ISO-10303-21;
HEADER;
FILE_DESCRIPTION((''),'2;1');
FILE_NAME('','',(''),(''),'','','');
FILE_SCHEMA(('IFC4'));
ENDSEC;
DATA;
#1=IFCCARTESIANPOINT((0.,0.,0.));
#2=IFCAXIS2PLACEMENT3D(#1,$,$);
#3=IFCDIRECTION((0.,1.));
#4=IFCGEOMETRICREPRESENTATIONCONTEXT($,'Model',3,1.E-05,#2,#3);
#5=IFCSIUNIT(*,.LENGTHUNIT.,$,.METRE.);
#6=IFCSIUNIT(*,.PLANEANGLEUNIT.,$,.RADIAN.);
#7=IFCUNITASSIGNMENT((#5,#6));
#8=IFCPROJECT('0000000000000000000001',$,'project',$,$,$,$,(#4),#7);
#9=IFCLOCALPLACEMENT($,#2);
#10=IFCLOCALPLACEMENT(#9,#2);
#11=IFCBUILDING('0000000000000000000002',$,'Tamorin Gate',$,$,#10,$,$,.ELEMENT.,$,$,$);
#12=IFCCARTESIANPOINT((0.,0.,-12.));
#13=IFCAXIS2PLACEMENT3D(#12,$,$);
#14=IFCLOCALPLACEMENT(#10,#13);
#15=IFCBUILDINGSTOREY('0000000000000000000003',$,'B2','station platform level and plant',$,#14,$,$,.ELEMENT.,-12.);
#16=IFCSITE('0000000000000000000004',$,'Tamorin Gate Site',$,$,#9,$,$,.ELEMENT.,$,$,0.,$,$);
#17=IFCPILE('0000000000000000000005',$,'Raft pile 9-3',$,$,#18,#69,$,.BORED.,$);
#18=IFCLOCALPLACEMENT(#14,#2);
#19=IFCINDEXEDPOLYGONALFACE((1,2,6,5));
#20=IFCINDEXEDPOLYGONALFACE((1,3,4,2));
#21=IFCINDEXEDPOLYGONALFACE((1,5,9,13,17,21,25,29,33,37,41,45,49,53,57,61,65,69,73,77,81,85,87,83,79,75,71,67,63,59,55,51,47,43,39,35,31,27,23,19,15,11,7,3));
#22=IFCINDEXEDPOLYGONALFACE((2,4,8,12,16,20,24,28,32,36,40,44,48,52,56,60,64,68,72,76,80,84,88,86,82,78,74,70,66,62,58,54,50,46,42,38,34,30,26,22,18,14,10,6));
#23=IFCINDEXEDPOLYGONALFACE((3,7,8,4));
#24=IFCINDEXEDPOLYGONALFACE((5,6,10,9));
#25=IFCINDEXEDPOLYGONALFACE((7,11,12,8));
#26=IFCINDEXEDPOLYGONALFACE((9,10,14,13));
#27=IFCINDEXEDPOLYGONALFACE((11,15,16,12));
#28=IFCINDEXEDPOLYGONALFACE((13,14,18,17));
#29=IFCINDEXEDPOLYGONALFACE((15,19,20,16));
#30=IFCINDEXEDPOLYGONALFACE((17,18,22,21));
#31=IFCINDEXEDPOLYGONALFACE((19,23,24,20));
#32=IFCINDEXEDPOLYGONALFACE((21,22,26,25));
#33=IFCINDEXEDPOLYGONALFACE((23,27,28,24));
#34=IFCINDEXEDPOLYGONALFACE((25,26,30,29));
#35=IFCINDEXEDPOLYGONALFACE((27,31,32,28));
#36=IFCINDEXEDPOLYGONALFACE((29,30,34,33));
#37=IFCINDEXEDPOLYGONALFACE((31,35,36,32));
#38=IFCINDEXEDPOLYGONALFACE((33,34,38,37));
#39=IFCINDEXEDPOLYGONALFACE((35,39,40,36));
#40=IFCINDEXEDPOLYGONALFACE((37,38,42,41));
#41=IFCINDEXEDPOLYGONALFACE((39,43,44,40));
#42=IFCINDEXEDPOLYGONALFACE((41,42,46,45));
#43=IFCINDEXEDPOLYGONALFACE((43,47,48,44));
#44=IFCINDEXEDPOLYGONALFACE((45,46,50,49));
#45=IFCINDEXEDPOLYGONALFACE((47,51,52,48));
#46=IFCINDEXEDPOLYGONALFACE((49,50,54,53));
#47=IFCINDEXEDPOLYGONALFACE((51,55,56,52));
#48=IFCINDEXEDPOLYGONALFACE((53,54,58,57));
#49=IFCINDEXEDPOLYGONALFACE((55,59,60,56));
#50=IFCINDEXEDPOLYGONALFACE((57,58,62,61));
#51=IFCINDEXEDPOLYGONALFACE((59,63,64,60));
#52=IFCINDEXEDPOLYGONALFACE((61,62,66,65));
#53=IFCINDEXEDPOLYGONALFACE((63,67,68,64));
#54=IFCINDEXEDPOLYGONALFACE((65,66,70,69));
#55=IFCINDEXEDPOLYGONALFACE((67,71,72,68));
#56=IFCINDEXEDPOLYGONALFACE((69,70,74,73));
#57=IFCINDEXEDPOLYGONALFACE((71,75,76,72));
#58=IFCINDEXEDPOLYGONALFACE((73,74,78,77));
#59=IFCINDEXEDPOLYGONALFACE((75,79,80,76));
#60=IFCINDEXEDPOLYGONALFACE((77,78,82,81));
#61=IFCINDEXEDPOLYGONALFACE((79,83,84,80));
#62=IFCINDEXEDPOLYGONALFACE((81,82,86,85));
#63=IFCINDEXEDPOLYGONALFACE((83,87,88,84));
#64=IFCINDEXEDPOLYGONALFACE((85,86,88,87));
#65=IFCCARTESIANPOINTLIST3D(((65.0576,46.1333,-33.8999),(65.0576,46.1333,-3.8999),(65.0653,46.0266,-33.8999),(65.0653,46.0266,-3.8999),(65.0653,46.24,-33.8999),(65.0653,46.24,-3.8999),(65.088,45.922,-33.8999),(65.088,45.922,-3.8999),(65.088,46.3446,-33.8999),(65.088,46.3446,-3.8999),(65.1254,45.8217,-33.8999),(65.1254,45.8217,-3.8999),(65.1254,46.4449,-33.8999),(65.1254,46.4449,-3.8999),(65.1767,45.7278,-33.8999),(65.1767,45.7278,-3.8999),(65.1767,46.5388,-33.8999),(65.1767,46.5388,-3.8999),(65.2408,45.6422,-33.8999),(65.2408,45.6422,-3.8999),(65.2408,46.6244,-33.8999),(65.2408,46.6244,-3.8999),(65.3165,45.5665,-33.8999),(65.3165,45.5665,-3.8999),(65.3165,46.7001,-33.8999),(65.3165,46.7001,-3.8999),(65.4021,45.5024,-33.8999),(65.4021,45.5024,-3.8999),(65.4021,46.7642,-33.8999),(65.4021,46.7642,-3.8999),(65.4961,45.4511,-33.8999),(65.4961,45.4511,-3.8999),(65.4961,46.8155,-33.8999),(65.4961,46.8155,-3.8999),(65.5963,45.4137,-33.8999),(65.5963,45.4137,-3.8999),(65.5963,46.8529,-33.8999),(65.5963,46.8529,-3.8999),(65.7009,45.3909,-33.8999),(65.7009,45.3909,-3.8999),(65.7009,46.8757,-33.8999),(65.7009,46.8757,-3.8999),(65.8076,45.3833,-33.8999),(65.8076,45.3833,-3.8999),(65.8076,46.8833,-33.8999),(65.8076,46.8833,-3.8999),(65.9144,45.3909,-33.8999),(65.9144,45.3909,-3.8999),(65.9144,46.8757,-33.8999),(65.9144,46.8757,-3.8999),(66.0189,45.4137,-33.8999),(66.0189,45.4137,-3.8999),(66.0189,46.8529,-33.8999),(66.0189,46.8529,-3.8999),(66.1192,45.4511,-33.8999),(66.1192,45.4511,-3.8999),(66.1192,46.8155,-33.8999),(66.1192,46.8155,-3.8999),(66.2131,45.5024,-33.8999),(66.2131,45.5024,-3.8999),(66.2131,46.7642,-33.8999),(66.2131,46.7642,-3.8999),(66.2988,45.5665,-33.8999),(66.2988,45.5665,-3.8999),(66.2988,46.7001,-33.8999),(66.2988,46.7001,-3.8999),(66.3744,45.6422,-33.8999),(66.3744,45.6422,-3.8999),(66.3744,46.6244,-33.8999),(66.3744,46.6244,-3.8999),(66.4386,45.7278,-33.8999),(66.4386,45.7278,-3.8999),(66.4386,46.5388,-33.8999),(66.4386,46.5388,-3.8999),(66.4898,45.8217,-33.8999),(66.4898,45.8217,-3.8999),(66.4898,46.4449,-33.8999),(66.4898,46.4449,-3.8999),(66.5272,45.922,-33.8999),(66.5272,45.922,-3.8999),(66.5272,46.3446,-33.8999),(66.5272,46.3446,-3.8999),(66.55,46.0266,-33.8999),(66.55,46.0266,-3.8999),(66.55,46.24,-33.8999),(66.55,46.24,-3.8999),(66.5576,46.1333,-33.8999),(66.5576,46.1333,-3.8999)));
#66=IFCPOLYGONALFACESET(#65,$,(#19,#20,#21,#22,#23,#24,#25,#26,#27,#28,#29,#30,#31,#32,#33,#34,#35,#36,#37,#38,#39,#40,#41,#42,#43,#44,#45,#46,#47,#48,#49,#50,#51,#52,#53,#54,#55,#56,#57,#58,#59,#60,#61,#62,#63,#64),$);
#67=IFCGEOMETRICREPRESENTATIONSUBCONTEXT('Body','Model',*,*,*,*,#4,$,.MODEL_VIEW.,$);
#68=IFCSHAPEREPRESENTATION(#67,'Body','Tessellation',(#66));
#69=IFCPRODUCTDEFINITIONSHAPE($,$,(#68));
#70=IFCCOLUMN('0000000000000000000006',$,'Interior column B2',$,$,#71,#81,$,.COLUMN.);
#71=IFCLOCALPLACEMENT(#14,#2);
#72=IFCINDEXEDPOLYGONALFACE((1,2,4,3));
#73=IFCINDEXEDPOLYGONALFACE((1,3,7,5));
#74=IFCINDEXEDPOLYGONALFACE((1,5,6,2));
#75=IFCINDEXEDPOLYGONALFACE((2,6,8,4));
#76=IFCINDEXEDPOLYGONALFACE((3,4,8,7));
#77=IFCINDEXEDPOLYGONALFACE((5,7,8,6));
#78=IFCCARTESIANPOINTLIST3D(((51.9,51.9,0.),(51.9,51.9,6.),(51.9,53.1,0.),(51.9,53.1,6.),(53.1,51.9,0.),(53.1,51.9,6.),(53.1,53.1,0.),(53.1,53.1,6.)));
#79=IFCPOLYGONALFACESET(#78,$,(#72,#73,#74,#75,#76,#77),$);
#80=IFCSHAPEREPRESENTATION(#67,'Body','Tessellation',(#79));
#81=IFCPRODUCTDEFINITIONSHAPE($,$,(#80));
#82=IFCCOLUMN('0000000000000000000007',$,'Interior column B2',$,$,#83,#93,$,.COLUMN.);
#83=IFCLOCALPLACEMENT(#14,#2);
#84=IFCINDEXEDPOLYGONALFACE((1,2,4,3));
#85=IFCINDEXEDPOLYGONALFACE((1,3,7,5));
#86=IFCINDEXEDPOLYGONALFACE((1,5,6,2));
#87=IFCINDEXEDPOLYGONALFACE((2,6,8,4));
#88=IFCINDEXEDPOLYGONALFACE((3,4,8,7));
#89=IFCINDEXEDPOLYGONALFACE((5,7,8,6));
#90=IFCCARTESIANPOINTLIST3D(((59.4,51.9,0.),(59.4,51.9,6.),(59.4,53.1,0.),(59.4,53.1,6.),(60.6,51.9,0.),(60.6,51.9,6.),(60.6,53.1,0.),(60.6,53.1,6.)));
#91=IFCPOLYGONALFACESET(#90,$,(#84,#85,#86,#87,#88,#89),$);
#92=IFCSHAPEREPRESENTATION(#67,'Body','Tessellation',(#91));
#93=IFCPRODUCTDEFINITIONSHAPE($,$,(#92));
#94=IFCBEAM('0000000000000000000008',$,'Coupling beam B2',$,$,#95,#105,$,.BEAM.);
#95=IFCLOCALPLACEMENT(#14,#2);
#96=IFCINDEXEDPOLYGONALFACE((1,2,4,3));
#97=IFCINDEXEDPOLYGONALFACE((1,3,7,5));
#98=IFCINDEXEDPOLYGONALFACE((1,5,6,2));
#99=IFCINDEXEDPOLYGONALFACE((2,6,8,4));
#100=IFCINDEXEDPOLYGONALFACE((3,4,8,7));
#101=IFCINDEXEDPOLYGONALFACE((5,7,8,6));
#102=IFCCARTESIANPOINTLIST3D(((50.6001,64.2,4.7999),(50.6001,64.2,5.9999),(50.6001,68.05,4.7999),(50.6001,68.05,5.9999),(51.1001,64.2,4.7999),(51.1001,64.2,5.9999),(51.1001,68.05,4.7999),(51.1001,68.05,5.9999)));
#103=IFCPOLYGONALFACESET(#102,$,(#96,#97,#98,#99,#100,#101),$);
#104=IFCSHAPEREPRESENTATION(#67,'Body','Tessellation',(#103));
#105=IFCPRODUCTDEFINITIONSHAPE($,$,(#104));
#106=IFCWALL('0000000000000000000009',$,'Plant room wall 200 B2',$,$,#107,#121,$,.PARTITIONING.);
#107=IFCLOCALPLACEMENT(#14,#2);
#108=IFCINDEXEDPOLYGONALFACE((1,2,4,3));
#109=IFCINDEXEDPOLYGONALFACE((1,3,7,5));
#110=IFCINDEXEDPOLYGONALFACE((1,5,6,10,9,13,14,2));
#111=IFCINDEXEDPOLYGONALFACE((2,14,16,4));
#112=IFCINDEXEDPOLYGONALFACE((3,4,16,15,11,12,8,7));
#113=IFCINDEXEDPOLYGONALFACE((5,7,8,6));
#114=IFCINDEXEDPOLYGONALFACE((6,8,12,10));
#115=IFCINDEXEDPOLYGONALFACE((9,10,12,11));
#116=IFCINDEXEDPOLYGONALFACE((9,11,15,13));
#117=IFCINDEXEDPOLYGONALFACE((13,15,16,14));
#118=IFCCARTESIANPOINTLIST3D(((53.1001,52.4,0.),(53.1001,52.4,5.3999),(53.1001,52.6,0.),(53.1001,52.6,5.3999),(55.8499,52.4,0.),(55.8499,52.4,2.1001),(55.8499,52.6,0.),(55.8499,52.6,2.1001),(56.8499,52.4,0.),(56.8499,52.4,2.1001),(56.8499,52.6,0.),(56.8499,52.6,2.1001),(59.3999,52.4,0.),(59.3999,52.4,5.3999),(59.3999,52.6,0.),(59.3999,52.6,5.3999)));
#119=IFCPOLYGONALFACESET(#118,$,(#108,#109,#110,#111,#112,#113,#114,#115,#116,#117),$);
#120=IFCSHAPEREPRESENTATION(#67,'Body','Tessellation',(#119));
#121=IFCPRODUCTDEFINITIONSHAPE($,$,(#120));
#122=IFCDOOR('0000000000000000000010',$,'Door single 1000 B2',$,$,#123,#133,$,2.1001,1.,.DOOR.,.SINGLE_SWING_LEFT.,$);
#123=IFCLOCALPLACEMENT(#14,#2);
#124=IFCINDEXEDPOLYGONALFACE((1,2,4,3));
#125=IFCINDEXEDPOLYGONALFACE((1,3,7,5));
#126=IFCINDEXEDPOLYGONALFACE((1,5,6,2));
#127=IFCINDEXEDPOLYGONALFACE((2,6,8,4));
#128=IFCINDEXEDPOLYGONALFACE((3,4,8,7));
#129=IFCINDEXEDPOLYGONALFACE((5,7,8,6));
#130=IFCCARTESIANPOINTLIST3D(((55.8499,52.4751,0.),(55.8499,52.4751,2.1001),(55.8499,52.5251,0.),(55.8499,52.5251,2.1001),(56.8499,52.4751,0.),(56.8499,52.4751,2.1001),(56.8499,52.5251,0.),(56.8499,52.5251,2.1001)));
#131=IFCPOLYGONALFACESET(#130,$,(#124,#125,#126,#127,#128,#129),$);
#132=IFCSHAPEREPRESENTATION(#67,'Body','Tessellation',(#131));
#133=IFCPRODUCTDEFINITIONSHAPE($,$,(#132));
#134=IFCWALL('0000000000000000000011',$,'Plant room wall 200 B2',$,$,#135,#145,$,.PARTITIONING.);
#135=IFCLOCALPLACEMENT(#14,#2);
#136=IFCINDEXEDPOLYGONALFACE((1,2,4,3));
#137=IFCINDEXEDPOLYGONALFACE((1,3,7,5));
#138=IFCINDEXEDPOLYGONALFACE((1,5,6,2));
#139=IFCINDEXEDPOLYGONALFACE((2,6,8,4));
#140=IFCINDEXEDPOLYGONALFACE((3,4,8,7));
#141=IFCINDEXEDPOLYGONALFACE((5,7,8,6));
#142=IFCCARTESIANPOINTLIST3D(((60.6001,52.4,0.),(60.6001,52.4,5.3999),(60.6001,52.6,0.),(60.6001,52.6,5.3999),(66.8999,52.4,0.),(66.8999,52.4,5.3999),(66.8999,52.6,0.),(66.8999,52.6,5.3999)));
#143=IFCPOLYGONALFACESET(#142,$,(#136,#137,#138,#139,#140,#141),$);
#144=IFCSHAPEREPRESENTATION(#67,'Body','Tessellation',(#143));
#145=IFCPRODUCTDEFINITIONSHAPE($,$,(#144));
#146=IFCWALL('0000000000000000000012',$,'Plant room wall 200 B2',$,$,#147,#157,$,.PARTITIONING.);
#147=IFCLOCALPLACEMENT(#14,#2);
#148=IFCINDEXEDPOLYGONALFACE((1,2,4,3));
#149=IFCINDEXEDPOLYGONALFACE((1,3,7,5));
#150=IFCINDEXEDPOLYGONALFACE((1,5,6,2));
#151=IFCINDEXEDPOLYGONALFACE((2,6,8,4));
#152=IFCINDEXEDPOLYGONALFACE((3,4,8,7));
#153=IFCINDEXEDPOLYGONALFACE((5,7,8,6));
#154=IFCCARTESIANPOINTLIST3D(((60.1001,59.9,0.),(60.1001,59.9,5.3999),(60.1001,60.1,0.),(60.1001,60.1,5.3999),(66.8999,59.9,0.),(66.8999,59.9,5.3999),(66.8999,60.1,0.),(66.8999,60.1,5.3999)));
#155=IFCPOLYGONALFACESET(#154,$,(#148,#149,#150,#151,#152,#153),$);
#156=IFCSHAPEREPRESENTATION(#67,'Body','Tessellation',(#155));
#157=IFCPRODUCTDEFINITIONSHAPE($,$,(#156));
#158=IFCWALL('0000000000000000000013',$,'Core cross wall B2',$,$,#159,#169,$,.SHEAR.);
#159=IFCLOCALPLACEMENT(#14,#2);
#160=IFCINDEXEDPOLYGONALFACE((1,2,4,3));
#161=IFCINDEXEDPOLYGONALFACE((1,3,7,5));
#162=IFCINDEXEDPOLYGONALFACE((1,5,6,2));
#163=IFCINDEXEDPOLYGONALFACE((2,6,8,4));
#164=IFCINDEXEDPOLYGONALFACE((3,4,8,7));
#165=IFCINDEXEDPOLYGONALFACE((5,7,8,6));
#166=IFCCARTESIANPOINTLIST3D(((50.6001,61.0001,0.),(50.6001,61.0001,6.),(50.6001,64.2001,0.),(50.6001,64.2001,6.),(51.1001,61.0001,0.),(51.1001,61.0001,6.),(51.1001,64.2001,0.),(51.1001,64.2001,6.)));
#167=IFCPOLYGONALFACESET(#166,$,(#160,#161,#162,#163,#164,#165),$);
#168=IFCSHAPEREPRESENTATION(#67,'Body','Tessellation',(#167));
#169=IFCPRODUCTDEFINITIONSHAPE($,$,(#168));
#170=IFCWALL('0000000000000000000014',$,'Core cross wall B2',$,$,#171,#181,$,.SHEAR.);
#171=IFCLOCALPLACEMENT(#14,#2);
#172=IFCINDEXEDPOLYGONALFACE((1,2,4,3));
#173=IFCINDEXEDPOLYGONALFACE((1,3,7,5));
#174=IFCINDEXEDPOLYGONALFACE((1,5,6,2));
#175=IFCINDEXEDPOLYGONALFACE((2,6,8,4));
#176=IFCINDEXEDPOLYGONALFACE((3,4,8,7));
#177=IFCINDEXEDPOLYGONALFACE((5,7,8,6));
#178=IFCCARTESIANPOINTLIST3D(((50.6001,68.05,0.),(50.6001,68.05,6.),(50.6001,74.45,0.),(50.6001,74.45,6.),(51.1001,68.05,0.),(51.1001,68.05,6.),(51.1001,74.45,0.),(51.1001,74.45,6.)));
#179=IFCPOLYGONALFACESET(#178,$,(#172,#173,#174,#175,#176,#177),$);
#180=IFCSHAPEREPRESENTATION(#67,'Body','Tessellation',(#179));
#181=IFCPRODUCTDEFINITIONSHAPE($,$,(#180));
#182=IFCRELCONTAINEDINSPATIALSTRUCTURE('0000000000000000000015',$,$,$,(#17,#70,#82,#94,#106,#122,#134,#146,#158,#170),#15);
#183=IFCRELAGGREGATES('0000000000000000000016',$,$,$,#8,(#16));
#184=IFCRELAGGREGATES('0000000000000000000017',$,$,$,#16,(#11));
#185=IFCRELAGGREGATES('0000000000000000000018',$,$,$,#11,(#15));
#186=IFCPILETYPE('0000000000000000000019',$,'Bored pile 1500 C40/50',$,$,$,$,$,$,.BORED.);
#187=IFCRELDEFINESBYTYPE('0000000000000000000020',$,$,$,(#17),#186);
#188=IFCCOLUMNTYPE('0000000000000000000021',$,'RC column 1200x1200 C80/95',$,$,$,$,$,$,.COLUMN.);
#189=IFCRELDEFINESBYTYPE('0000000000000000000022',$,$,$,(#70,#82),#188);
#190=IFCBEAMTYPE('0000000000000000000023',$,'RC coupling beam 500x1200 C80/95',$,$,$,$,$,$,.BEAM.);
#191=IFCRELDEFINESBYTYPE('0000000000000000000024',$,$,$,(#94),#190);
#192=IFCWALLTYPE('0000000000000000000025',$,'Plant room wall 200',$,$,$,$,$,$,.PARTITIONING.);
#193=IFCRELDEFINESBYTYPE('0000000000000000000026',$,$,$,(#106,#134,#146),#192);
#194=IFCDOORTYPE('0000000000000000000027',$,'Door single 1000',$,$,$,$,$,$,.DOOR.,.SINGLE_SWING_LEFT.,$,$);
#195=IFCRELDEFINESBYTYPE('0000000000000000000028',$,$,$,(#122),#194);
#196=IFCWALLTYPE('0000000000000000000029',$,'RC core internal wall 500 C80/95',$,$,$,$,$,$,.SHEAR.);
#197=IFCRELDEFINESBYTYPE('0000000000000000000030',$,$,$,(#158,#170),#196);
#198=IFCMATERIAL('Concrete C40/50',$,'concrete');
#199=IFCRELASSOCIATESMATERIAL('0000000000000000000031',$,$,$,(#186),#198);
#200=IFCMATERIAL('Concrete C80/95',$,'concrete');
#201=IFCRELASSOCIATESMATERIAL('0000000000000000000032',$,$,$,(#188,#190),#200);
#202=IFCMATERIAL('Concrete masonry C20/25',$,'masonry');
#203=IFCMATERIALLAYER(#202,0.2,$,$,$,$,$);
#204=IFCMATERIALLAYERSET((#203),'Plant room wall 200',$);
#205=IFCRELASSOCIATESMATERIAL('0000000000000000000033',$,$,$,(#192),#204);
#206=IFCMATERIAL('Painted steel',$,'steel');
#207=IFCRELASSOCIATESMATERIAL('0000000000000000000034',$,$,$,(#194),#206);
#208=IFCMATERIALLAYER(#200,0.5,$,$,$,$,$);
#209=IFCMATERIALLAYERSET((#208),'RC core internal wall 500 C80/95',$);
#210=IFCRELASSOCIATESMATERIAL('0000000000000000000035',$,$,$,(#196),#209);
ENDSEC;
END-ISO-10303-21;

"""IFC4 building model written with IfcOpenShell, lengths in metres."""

from ifc_helpers import new_model, si_unit, direction, frame, frame_2d, origin, origin_2d, place, context, subcontext, project, spatial, rectangle, circle, extrude, material, layer, layer_set, material_profile, profile_set, type_object, element, fill, save


model = new_model("IFC4")

# Units and contexts
model_context = context("Model", 3, precision=1e-05, world=origin(), true_north=direction((0.0, 1.0)))
body_context = subcontext(model_context, "Body", "Model", "MODEL_VIEW")
ifc_project = project(units=[si_unit("LENGTHUNIT", "METRE"), si_unit("PLANEANGLEUNIT", "RADIAN")], contexts=[model_context])

# Site, building, storey
site_placement = place(None, origin())
site = spatial("IfcSite", under=ifc_project, at=site_placement, Name="Tamorin Gate Site", CompositionType="ELEMENT", RefElevation=0.0)
building_placement = place(site_placement, origin())
building = spatial("IfcBuilding", under=site, at=building_placement, Name="Tamorin Gate", CompositionType="ELEMENT")
storey_placement = place(building_placement, frame((0.0, 0.0, -12.0)))
storey = spatial("IfcBuildingStorey", under=building, at=storey_placement, Name="B2", Description="station platform level and plant", CompositionType="ELEMENT", Elevation=-12.0)

# Pile
ifc_material_1 = material(Name="Concrete C40/50", Category="concrete")
ifc_material_profile_1 = material_profile(ifc_material_1, circle(Radius=0.75, at=origin_2d()))
ifc_profile_set_1 = profile_set([ifc_material_profile_1], Name="Concrete C40/50")
pile_type = type_object("IfcPileType", Name="Bored pile 1500 C40/50", PredefinedType="BORED", material=ifc_profile_set_1)
for number, where, z_axis, x_axis, name in (
    (1, (65.8076, 46.1333, -3.8999), (0.0, 0.0, -1.0), (1.0, 0.0, 0.0), "Raft pile 9-3"),
):
    element("IfcPile", number, at=place(storey_placement, frame(where, z_axis=z_axis, x_axis=x_axis)), inside=storey, type_object=pile_type, Name=name, PredefinedType="BORED", context=body_context, shape_type="SweptSolid", body=[
        extrude(circle(Radius=0.75, at=origin_2d()), origin(), (0.0, 0.0, 1.0), 30.0),
    ])

# Columns
ifc_material_2 = material(Name="Concrete C80/95", Category="concrete")
ifc_material_profile_2 = material_profile(ifc_material_2, rectangle(XDim=1.2, YDim=1.2, at=origin_2d()), Name="RC 1200x1200")
ifc_profile_set_2 = profile_set([ifc_material_profile_2], Name="Concrete C80/95")
column_type = type_object("IfcColumnType", Name="RC column 1200x1200 C80/95", PredefinedType="COLUMN", material=ifc_profile_set_2)
for number, where, z_axis, x_axis, name in (
    (2, (52.5, 52.5, 0.0), (0.0, 0.0, 1.0), (1.0, 0.0, 0.0), "Interior column B2"),
    (3, (60.0, 52.5, 0.0), (0.0, 0.0, 1.0), (1.0, 0.0, 0.0), "Interior column B2"),
):
    element("IfcColumn", number, at=place(storey_placement, frame(where, z_axis=z_axis, x_axis=x_axis)), inside=storey, type_object=column_type, Name=name, PredefinedType="COLUMN", context=body_context, shape_type="SweptSolid", body=[
        extrude(rectangle(XDim=1.2, YDim=1.2, at=origin_2d()), origin(), (0.0, 0.0, 1.0), 6.0),
    ])

# Beam
ifc_material_profile_3 = material_profile(ifc_material_2, rectangle(XDim=0.5, YDim=1.2, at=origin_2d()), Name="RC 500x1200")
ifc_profile_set_3 = profile_set([ifc_material_profile_3], Name="Concrete C80/95")
beam_type = type_object("IfcBeamType", Name="RC coupling beam 500x1200 C80/95", PredefinedType="BEAM", material=ifc_profile_set_3)
beam_placement = place(storey_placement, frame((50.8501, 64.2, 5.3999), z_axis=(0.0, 1.0, 0.0), x_axis=(-1.0, 0.0, 0.0)))
element("IfcBeam", 4, at=beam_placement, inside=storey, type_object=beam_type, Name="Coupling beam B2", PredefinedType="BEAM", context=body_context, shape_type="SweptSolid", body=[
    extrude(rectangle(XDim=0.5, YDim=1.2, at=origin_2d()), origin(), (0.0, 0.0, 1.0), 3.8501),
])

# Wall, opening, door
ifc_material_3 = material(Name="Concrete masonry C20/25", Category="masonry")
ifc_layer_1 = layer(ifc_material_3, 0.2)
ifc_layer_set_1 = layer_set([ifc_layer_1], Name="Plant room wall 200")
wall_type_1 = type_object("IfcWallType", Name="Plant room wall 200", PredefinedType="PARTITIONING", material=ifc_layer_set_1)
wall_1_placement = place(storey_placement, frame((59.3999, 52.5, 0.0), z_axis=(0.0, 0.0, 1.0), x_axis=(-1.0, 0.0, 0.0)))
wall_1 = element("IfcWall", 5, at=wall_1_placement, inside=storey, type_object=wall_type_1, Name="Plant room wall 200 B2", PredefinedType="PARTITIONING", context=body_context, shape_type="SweptSolid", body=[
    extrude(rectangle(XDim=6.2998, YDim=0.2, at=frame_2d((3.1499, 0.0))), origin(), (0.0, 0.0, 1.0), 5.3999),
])
opening_1_placement = place(wall_1_placement, frame((2.55, 0.0, 0.0)))
opening_1 = element("IfcOpeningElement", 6, at=opening_1_placement, cuts=wall_1, PredefinedType="OPENING", context=body_context, shape_type="SweptSolid", body=[
    extrude(rectangle(XDim=1.0, YDim=2.1001, at=frame_2d((0.5, 1.05))), frame((0.0, 0.1099, 0.0), z_axis=(0.0, -1.0, 0.0), x_axis=(1.0, 0.0, 0.0)), (0.0, 0.0, 1.0), 0.22),
])
ifc_material_4 = material(Name="Painted steel", Category="steel")
door_type_1 = type_object("IfcDoorType", Name="Door single 1000", OperationType="SINGLE_SWING_LEFT", PredefinedType="DOOR", material=ifc_material_4)
door_1_placement = place(opening_1_placement, origin())
door_1 = element("IfcDoor", 7, at=door_1_placement, inside=storey, type_object=door_type_1, Name="Door single 1000 B2", OperationType="SINGLE_SWING_LEFT", OverallHeight=2.1001, OverallWidth=1.0, PredefinedType="DOOR", context=body_context, shape_type="SweptSolid", body=[
    extrude(rectangle(XDim=1.0, YDim=2.1001, at=frame_2d((0.5, 1.05))), frame((0.0, 0.0249, 0.0), z_axis=(0.0, -1.0, 0.0), x_axis=(1.0, 0.0, 0.0)), (0.0, 0.0, 1.0), 0.05),
])
fill(opening_1, door_1)

# Walls
wall_2_placement = place(storey_placement, frame((60.6001, 52.5, 0.0), z_axis=(0.0, 0.0, 1.0), x_axis=(1.0, 0.0, 0.0)))
element("IfcWall", 8, at=wall_2_placement, inside=storey, type_object=wall_type_1, Name="Plant room wall 200 B2", PredefinedType="PARTITIONING", context=body_context, shape_type="SweptSolid", body=[
    extrude(rectangle(XDim=6.2998, YDim=0.2, at=frame_2d((3.1499, 0.0))), origin(), (0.0, 0.0, 1.0), 5.3999),
])
wall_3_placement = place(storey_placement, frame((60.1001, 60.0, 0.0), z_axis=(0.0, 0.0, 1.0), x_axis=(1.0, 0.0, 0.0)))
element("IfcWall", 9, at=wall_3_placement, inside=storey, type_object=wall_type_1, Name="Plant room wall 200 B2", PredefinedType="PARTITIONING", context=body_context, shape_type="SweptSolid", body=[
    extrude(rectangle(XDim=6.7998, YDim=0.2, at=frame_2d((3.3999, 0.0))), origin(), (0.0, 0.0, 1.0), 5.3999),
])
ifc_layer_2 = layer(ifc_material_2, 0.5)
ifc_layer_set_2 = layer_set([ifc_layer_2], Name="RC core internal wall 500 C80/95")
wall_type_2 = type_object("IfcWallType", Name="RC core internal wall 500 C80/95", PredefinedType="SHEAR", material=ifc_layer_set_2)
wall_4_placement = place(storey_placement, frame((50.8501, 61.0, 0.0), z_axis=(0.0, 0.0, 1.0), x_axis=(0.0, 1.0, 0.0)))
element("IfcWall", 10, at=wall_4_placement, inside=storey, type_object=wall_type_2, Name="Core cross wall B2", PredefinedType="SHEAR", context=body_context, shape_type="SweptSolid", body=[
    extrude(rectangle(XDim=3.2, YDim=0.5, at=frame_2d((1.6001, 0.0))), origin(), (0.0, 0.0, 1.0), 6.0),
])
wall_5_placement = place(storey_placement, frame((50.8501, 68.05, 0.0), z_axis=(0.0, 0.0, 1.0), x_axis=(0.0, 1.0, 0.0)))
element("IfcWall", 11, at=wall_5_placement, inside=storey, type_object=wall_type_2, Name="Core cross wall B2", PredefinedType="SHEAR", context=body_context, shape_type="SweptSolid", body=[
    extrude(rectangle(XDim=6.3999, YDim=0.5, at=frame_2d((3.2, 0.0))), origin(), (0.0, 0.0, 1.0), 6.0),
])

save(model, "model.ifc")
